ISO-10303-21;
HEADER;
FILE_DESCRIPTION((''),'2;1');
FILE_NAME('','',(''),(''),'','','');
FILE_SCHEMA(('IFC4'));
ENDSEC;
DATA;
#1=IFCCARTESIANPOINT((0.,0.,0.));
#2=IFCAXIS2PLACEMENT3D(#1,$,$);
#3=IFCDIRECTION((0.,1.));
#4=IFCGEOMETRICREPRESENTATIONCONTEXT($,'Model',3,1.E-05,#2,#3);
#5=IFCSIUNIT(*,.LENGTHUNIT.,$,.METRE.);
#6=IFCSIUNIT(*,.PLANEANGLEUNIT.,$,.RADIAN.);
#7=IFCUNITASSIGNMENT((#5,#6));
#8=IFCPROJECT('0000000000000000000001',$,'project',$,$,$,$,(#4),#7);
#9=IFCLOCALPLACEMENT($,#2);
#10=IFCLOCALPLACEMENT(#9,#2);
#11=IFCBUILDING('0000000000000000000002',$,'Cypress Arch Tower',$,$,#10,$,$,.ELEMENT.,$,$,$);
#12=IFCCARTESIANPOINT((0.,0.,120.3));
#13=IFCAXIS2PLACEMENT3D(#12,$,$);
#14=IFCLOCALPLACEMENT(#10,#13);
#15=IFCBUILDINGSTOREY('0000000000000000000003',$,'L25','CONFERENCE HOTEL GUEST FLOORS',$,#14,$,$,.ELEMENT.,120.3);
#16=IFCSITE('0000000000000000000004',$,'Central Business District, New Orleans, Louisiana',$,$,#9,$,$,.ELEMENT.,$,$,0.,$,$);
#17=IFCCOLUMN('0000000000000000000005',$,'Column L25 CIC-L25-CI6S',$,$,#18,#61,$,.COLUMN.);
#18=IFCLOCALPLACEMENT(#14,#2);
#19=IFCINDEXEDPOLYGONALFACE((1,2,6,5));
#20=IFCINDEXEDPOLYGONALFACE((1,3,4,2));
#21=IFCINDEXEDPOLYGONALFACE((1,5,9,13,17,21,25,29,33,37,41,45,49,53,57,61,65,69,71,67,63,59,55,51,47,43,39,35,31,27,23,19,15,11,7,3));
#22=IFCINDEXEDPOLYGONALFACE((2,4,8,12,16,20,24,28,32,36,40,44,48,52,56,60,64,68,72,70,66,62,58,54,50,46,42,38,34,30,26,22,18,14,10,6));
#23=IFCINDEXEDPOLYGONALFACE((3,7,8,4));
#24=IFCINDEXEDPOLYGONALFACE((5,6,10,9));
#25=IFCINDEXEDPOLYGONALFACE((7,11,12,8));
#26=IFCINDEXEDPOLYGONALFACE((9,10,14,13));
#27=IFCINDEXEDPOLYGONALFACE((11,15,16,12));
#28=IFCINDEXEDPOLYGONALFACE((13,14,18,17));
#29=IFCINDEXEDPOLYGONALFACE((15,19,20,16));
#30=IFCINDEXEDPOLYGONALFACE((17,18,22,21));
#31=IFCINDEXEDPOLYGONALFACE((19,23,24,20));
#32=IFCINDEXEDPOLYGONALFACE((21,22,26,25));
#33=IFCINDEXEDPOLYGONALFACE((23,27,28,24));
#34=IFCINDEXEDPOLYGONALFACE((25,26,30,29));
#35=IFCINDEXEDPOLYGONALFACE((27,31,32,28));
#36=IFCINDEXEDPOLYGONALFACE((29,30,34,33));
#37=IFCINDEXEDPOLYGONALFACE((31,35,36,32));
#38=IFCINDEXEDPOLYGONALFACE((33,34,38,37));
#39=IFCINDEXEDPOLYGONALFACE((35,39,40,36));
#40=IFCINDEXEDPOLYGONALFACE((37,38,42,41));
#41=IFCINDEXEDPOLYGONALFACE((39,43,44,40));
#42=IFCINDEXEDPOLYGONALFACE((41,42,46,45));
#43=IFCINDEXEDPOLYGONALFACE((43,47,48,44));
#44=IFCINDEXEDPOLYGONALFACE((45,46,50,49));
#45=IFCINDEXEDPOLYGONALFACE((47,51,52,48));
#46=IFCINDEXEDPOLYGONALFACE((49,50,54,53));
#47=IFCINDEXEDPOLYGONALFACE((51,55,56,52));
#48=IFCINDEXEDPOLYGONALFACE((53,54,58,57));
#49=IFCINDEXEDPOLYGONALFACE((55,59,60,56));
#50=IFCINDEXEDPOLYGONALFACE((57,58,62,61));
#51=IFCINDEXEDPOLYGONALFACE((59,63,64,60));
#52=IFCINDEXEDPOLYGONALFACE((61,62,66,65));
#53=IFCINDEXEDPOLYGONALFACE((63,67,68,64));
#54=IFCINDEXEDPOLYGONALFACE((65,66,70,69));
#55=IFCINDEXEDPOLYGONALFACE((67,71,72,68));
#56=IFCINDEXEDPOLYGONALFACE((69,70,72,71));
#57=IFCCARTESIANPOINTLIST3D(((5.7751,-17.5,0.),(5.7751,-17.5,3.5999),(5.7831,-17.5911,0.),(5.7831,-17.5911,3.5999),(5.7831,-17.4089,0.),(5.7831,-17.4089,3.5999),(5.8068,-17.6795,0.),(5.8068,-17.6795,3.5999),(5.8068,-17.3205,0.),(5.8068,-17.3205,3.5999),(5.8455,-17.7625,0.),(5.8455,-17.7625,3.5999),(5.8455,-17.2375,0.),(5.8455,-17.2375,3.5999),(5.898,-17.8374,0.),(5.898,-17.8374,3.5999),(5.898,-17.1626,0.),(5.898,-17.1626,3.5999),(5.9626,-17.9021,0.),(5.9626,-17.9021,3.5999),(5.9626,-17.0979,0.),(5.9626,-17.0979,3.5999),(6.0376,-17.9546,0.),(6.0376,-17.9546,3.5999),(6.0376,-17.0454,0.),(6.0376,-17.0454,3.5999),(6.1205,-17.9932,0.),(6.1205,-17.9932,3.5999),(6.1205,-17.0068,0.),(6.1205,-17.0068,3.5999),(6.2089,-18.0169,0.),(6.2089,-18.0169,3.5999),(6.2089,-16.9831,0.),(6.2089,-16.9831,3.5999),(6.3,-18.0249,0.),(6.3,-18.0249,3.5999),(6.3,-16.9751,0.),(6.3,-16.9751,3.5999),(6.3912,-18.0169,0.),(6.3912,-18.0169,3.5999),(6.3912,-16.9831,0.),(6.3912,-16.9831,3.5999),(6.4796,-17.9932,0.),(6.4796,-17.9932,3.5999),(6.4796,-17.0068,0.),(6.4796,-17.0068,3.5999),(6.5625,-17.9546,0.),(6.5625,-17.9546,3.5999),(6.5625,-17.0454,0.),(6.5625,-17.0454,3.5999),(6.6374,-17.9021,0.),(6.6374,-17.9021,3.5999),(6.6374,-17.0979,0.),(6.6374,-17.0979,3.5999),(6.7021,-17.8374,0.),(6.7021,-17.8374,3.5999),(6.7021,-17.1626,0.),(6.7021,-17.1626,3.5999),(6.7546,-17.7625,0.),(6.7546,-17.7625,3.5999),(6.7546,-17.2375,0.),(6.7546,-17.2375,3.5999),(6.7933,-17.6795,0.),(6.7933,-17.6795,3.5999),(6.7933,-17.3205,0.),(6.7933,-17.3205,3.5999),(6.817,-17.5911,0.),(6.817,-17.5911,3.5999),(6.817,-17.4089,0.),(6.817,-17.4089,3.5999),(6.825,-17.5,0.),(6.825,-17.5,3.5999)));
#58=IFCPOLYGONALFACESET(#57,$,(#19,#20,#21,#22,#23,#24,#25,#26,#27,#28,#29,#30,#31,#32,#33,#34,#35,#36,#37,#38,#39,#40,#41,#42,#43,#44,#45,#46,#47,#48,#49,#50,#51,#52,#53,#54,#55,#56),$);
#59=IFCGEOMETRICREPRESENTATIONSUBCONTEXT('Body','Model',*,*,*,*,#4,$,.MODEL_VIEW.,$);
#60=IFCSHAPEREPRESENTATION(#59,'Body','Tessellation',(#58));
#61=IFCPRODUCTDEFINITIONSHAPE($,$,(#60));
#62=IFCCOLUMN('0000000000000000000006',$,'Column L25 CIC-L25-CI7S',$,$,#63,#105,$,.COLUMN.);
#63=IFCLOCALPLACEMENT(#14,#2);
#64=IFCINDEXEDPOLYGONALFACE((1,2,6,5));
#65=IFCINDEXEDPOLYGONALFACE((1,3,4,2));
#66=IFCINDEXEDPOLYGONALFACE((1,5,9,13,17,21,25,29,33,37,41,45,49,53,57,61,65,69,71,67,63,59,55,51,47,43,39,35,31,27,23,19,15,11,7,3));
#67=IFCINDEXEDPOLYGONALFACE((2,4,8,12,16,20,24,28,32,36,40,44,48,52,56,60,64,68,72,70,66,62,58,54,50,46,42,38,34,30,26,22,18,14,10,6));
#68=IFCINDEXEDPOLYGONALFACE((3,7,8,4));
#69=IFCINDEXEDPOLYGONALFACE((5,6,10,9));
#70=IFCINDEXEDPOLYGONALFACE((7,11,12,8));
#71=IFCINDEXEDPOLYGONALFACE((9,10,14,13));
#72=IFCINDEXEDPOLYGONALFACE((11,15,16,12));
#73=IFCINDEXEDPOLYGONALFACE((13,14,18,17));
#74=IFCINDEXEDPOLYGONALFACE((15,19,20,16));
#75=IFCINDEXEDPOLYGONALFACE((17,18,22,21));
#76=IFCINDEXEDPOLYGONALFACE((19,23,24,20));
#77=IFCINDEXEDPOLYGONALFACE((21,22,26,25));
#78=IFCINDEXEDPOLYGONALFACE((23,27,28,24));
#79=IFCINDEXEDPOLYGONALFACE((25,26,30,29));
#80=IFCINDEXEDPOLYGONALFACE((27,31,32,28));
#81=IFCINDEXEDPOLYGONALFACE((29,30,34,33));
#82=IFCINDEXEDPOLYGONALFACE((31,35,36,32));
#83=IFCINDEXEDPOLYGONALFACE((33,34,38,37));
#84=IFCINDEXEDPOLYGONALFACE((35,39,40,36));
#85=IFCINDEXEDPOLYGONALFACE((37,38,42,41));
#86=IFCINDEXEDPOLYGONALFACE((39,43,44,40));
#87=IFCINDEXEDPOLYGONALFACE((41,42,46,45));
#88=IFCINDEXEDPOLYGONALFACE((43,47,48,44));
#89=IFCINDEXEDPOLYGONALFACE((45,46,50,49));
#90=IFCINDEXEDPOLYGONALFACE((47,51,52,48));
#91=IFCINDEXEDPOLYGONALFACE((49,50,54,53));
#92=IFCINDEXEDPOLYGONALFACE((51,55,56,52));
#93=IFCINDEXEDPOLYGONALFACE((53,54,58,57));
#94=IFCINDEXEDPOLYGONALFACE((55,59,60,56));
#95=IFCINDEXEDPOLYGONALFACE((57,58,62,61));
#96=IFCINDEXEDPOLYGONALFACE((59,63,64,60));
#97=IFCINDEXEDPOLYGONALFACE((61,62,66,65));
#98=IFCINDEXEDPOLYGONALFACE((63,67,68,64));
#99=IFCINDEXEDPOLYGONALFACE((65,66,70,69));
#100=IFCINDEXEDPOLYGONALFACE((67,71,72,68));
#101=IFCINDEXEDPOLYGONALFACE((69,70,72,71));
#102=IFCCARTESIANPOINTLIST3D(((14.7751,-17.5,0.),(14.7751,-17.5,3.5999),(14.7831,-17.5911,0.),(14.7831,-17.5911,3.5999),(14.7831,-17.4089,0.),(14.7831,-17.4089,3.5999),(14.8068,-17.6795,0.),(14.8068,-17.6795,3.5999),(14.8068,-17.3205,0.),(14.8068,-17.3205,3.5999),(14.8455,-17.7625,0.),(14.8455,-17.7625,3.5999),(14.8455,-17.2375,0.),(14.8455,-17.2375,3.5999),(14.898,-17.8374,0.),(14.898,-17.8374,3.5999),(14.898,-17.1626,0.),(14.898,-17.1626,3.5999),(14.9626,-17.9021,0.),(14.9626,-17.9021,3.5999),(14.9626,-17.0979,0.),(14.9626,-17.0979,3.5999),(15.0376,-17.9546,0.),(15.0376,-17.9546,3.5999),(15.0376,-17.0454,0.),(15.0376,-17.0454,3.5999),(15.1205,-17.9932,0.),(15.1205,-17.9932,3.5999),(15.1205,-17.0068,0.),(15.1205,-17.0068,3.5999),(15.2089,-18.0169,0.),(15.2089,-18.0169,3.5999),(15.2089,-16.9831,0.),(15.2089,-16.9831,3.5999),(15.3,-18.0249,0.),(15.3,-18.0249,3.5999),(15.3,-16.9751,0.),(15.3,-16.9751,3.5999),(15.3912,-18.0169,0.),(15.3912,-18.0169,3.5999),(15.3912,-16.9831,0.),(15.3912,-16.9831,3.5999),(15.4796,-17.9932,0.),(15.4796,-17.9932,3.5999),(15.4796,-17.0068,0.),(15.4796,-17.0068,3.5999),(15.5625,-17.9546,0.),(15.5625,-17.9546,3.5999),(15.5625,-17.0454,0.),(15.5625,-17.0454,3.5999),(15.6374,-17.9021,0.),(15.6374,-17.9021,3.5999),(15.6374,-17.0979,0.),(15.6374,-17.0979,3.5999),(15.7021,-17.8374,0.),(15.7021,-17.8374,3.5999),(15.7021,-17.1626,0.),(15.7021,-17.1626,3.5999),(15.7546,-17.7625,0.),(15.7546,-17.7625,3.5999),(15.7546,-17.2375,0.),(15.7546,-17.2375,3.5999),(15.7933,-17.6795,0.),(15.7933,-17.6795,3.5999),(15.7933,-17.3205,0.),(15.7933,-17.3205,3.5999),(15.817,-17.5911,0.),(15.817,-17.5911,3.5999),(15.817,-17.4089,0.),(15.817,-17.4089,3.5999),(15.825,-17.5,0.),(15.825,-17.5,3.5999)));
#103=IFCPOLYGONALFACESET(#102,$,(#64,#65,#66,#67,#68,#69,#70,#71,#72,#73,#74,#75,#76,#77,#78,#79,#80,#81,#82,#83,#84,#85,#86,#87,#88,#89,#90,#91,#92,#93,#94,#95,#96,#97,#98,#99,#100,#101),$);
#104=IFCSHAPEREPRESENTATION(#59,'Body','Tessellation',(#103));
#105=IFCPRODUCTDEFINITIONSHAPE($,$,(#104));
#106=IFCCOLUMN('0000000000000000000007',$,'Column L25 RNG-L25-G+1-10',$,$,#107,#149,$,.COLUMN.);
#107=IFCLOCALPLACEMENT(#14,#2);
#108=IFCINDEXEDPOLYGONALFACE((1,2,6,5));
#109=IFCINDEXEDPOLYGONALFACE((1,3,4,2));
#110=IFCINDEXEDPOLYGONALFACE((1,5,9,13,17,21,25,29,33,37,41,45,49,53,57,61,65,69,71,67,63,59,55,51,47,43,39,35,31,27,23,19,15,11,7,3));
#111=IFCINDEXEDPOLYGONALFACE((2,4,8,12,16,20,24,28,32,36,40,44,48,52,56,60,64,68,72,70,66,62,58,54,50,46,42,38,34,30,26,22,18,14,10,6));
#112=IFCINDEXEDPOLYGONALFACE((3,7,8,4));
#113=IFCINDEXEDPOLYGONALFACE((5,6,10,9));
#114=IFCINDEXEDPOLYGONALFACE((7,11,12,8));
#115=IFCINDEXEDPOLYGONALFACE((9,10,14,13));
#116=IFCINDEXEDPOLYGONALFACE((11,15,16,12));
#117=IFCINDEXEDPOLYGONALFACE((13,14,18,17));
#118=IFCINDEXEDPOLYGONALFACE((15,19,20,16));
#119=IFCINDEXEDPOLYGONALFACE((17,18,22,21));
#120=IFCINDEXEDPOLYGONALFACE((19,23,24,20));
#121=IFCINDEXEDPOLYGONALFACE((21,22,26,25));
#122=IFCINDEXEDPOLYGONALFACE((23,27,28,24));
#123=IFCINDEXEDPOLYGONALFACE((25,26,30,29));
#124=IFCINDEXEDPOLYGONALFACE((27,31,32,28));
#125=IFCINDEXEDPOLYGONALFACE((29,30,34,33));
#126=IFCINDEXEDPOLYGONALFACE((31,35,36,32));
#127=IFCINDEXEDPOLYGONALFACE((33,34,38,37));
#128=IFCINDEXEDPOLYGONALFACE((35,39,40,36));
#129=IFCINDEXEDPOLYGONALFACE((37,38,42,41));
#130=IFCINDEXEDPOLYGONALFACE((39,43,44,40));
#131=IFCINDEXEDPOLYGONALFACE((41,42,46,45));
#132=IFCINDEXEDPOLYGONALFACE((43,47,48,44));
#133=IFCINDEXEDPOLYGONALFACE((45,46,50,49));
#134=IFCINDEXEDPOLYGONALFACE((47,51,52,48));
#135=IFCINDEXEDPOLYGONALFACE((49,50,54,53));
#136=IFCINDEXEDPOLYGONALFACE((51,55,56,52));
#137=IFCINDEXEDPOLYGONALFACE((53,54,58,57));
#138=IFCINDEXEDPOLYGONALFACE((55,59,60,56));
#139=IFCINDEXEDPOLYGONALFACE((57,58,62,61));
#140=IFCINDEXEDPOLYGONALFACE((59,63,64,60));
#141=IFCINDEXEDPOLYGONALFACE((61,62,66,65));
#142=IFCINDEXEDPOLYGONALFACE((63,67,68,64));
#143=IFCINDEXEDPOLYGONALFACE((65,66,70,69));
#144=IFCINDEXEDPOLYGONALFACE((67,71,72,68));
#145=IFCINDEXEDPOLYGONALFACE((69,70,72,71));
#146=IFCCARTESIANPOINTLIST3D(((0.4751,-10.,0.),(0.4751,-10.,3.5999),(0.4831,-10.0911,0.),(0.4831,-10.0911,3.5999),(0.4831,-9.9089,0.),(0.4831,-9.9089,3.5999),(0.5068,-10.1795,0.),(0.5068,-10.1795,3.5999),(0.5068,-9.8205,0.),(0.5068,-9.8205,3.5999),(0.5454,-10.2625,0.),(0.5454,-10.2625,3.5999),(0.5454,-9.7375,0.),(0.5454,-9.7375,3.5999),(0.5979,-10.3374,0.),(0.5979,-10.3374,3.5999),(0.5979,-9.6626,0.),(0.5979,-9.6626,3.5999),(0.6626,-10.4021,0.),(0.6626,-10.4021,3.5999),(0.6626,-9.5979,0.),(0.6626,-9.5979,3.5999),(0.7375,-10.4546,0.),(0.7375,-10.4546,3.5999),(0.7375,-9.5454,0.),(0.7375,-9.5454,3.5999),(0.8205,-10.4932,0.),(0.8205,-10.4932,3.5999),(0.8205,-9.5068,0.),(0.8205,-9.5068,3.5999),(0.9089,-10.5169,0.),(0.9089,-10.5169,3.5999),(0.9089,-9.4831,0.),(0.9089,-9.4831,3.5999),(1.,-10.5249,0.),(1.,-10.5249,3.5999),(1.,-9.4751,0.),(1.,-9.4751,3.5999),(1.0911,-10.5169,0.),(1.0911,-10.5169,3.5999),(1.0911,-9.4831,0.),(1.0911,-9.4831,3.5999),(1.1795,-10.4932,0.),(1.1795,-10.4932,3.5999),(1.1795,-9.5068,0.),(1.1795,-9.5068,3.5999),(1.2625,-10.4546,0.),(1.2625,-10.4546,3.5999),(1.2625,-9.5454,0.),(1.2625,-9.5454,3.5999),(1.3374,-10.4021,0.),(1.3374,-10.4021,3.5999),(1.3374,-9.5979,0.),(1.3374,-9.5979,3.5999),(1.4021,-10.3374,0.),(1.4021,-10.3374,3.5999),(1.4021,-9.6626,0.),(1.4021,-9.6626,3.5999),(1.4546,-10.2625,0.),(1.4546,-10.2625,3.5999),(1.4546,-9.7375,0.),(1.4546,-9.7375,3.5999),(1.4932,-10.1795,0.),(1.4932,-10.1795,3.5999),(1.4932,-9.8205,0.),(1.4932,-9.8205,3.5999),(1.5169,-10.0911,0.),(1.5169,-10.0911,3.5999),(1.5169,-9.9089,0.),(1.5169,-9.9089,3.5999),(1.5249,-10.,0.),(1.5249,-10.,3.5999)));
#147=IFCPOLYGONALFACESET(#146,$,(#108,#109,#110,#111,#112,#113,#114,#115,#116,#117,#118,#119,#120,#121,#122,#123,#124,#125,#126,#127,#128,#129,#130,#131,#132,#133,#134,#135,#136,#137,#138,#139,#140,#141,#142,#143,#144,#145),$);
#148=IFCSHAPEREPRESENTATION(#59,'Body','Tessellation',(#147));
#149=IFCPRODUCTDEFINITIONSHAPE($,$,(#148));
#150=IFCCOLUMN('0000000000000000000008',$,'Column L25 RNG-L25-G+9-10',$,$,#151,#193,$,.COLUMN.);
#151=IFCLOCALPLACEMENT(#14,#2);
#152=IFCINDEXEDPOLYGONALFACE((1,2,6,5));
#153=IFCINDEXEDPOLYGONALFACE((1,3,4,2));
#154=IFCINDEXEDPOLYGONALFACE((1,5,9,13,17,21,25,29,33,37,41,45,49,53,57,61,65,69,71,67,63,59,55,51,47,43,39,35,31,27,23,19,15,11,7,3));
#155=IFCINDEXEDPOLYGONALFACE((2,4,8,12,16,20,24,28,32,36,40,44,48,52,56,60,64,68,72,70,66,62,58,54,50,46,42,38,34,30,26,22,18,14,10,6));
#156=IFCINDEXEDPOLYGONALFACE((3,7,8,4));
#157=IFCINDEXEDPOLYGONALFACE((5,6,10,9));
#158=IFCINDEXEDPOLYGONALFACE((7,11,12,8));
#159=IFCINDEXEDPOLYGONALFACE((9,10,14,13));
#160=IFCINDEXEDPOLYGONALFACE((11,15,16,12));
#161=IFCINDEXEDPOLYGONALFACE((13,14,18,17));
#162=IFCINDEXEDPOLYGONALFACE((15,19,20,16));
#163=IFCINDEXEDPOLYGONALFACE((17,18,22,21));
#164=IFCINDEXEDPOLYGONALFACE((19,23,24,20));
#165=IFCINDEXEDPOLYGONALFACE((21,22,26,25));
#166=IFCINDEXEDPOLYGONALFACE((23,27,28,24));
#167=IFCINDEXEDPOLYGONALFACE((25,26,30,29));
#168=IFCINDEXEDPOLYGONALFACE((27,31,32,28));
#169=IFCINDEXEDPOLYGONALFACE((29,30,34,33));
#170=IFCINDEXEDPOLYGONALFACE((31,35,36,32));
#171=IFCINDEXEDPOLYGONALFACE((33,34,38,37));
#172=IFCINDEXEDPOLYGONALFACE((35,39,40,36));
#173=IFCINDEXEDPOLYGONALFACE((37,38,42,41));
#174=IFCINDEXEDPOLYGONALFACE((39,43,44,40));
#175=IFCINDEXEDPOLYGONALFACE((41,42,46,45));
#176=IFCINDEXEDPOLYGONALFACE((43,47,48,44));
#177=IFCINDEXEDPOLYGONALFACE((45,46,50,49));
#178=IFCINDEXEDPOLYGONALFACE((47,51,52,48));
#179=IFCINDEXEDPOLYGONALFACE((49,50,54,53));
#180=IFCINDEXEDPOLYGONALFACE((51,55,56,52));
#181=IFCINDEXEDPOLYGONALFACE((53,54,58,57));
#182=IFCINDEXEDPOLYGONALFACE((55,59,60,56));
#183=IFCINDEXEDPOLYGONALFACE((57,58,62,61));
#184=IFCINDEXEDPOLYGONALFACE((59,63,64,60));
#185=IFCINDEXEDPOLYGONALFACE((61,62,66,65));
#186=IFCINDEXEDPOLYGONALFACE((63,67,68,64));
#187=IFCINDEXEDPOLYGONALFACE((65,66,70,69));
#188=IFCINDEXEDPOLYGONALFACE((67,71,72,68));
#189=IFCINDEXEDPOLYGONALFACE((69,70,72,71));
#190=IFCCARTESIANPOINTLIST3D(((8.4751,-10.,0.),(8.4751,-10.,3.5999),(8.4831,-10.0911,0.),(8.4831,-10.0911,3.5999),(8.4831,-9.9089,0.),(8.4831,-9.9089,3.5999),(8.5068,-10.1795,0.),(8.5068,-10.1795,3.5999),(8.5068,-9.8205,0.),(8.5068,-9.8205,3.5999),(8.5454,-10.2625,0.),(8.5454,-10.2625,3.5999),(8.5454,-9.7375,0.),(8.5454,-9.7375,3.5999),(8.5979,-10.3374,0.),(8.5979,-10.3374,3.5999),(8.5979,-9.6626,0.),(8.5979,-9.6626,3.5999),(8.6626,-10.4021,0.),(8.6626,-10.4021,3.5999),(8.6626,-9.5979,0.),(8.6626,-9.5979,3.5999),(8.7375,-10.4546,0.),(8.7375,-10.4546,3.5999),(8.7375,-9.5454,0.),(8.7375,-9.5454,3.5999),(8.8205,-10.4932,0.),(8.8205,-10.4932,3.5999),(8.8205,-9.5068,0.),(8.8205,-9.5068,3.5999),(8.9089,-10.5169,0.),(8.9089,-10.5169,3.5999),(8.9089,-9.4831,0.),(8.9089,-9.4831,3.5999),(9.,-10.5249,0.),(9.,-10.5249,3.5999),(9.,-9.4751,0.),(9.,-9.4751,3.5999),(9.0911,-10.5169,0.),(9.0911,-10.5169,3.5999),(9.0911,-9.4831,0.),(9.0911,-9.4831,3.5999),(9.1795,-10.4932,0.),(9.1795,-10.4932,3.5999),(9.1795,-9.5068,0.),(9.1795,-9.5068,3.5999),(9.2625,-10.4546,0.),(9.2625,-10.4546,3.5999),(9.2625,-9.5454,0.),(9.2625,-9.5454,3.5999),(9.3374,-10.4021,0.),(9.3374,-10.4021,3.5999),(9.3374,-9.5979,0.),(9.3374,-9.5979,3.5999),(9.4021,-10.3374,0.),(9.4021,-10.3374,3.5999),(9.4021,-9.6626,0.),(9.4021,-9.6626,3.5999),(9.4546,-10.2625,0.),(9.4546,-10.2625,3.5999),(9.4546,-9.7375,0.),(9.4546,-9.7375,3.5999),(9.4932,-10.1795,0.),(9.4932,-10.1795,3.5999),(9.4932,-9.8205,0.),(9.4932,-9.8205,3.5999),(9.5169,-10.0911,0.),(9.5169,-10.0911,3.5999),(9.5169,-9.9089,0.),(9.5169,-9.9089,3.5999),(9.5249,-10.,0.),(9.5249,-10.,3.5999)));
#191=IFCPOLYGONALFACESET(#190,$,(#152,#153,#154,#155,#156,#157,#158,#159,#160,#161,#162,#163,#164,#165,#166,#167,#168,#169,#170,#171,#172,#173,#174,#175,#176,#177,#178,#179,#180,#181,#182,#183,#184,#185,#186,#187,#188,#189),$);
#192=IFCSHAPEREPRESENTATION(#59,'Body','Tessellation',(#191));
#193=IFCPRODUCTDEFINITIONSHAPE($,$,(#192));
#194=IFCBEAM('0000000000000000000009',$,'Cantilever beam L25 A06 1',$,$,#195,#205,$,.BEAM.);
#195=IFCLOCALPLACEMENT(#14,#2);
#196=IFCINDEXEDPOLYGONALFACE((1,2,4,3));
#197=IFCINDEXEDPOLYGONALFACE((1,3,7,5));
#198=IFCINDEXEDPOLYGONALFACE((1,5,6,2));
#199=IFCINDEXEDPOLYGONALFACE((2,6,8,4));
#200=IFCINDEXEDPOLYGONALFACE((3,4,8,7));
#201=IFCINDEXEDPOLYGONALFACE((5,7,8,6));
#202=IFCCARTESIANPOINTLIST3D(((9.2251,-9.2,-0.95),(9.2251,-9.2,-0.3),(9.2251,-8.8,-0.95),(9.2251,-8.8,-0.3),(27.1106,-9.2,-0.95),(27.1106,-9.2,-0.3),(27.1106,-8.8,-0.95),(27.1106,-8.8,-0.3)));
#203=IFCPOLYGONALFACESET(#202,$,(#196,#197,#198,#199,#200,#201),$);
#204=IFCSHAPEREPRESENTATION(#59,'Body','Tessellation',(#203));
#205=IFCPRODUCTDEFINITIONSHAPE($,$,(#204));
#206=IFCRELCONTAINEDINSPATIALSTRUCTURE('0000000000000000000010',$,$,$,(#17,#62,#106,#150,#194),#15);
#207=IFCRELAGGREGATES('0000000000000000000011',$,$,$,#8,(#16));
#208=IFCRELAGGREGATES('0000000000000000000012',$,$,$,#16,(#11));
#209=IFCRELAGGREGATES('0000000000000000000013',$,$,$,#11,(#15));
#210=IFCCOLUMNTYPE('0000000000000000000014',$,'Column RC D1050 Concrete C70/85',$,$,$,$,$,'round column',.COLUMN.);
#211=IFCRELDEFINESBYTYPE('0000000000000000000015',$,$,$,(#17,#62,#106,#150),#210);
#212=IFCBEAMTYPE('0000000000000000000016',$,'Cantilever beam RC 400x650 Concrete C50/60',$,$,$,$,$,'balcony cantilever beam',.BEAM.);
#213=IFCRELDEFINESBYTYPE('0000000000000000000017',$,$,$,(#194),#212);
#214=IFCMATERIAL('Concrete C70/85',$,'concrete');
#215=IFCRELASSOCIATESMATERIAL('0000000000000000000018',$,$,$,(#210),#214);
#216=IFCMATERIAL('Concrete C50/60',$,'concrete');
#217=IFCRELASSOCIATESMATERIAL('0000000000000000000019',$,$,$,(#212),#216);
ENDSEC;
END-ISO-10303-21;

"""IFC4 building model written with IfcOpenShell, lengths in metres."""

from ifc_helpers import new_model, si_unit, direction, frame, origin, origin_2d, place, context, subcontext, project, spatial, rectangle, circle, extrude, material, material_profile, profile_set, type_object, element, save


model = new_model("IFC4")

# Units and contexts
model_context = context("Model", 3, precision=1e-05, world=origin(), true_north=direction((0.0, 1.0)))
body_context = subcontext(model_context, "Body", "Model", "MODEL_VIEW")
ifc_project = project(units=[si_unit("LENGTHUNIT", "METRE"), si_unit("PLANEANGLEUNIT", "RADIAN")], contexts=[model_context])

# Site, building, storey
site_placement = place(None, origin())
site = spatial("IfcSite", under=ifc_project, at=site_placement, Name="Central Business District, New Orleans, Louisiana", CompositionType="ELEMENT", RefElevation=0.0)
building_placement = place(site_placement, origin())
building = spatial("IfcBuilding", under=site, at=building_placement, Name="Cypress Arch Tower", CompositionType="ELEMENT")
storey_placement = place(building_placement, frame((0.0, 0.0, 120.3)))
storey = spatial("IfcBuildingStorey", under=building, at=storey_placement, Name="L25", Description="CONFERENCE HOTEL GUEST FLOORS", CompositionType="ELEMENT", Elevation=120.3)

# Columns
ifc_material_1 = material(Name="Concrete C70/85", Category="concrete")
ifc_material_profile_1 = material_profile(ifc_material_1, circle(Radius=0.5249, at=origin_2d()), Name="RC D1050")
ifc_profile_set_1 = profile_set([ifc_material_profile_1], Name="Concrete C70/85")
column_type = type_object("IfcColumnType", Name="Column RC D1050 Concrete C70/85", ElementType="round column", PredefinedType="COLUMN", material=ifc_profile_set_1)
for number, where, z_axis, x_axis, name in (
    (1, (6.3, -17.5, 0.0), (0.0, 0.0, 1.0), (1.0, 0.0, 0.0), "Column L25 CIC-L25-CI6S"),
    (2, (15.3, -17.5, 0.0), (0.0, 0.0, 1.0), (1.0, 0.0, 0.0), "Column L25 CIC-L25-CI7S"),
    (3, (1.0, -10.0, 0.0), (0.0, 0.0, 1.0), (1.0, 0.0, 0.0), "Column L25 RNG-L25-G+1-10"),
    (4, (9.0, -10.0, 0.0), (0.0, 0.0, 1.0), (1.0, 0.0, 0.0), "Column L25 RNG-L25-G+9-10"),
):
    element("IfcColumn", number, at=place(storey_placement, frame(where, z_axis=z_axis, x_axis=x_axis)), inside=storey, type_object=column_type, Name=name, PredefinedType="COLUMN", context=body_context, shape_type="SweptSolid", body=[
        extrude(circle(Radius=0.5249, at=origin_2d()), origin(), (0.0, 0.0, 1.0), 3.5999),
    ])

# Beam
ifc_material_2 = material(Name="Concrete C50/60", Category="concrete")
ifc_material_profile_2 = material_profile(ifc_material_2, rectangle(XDim=0.3999, YDim=0.6499, at=origin_2d()), Name="RC 400x650")
ifc_profile_set_2 = profile_set([ifc_material_profile_2], Name="Concrete C50/60")
beam_type_1 = type_object("IfcBeamType", Name="Cantilever beam RC 400x650 Concrete C50/60", ElementType="balcony cantilever beam", PredefinedType="BEAM", material=ifc_profile_set_2)
beam_1_placement = place(storey_placement, frame((9.2251, -9.0, -0.625), z_axis=(1.0, 0.0, 0.0), x_axis=(0.0, 1.0, 0.0)))
element("IfcBeam", 5, at=beam_1_placement, inside=storey, type_object=beam_type_1, Name="Cantilever beam L25 A06 1", PredefinedType="BEAM", context=body_context, shape_type="SweptSolid", body=[
    extrude(rectangle(XDim=0.3999, YDim=0.6499, at=origin_2d()), origin(), (0.0, 0.0, 1.0), 17.8855),
])

save(model, "model.ifc")
